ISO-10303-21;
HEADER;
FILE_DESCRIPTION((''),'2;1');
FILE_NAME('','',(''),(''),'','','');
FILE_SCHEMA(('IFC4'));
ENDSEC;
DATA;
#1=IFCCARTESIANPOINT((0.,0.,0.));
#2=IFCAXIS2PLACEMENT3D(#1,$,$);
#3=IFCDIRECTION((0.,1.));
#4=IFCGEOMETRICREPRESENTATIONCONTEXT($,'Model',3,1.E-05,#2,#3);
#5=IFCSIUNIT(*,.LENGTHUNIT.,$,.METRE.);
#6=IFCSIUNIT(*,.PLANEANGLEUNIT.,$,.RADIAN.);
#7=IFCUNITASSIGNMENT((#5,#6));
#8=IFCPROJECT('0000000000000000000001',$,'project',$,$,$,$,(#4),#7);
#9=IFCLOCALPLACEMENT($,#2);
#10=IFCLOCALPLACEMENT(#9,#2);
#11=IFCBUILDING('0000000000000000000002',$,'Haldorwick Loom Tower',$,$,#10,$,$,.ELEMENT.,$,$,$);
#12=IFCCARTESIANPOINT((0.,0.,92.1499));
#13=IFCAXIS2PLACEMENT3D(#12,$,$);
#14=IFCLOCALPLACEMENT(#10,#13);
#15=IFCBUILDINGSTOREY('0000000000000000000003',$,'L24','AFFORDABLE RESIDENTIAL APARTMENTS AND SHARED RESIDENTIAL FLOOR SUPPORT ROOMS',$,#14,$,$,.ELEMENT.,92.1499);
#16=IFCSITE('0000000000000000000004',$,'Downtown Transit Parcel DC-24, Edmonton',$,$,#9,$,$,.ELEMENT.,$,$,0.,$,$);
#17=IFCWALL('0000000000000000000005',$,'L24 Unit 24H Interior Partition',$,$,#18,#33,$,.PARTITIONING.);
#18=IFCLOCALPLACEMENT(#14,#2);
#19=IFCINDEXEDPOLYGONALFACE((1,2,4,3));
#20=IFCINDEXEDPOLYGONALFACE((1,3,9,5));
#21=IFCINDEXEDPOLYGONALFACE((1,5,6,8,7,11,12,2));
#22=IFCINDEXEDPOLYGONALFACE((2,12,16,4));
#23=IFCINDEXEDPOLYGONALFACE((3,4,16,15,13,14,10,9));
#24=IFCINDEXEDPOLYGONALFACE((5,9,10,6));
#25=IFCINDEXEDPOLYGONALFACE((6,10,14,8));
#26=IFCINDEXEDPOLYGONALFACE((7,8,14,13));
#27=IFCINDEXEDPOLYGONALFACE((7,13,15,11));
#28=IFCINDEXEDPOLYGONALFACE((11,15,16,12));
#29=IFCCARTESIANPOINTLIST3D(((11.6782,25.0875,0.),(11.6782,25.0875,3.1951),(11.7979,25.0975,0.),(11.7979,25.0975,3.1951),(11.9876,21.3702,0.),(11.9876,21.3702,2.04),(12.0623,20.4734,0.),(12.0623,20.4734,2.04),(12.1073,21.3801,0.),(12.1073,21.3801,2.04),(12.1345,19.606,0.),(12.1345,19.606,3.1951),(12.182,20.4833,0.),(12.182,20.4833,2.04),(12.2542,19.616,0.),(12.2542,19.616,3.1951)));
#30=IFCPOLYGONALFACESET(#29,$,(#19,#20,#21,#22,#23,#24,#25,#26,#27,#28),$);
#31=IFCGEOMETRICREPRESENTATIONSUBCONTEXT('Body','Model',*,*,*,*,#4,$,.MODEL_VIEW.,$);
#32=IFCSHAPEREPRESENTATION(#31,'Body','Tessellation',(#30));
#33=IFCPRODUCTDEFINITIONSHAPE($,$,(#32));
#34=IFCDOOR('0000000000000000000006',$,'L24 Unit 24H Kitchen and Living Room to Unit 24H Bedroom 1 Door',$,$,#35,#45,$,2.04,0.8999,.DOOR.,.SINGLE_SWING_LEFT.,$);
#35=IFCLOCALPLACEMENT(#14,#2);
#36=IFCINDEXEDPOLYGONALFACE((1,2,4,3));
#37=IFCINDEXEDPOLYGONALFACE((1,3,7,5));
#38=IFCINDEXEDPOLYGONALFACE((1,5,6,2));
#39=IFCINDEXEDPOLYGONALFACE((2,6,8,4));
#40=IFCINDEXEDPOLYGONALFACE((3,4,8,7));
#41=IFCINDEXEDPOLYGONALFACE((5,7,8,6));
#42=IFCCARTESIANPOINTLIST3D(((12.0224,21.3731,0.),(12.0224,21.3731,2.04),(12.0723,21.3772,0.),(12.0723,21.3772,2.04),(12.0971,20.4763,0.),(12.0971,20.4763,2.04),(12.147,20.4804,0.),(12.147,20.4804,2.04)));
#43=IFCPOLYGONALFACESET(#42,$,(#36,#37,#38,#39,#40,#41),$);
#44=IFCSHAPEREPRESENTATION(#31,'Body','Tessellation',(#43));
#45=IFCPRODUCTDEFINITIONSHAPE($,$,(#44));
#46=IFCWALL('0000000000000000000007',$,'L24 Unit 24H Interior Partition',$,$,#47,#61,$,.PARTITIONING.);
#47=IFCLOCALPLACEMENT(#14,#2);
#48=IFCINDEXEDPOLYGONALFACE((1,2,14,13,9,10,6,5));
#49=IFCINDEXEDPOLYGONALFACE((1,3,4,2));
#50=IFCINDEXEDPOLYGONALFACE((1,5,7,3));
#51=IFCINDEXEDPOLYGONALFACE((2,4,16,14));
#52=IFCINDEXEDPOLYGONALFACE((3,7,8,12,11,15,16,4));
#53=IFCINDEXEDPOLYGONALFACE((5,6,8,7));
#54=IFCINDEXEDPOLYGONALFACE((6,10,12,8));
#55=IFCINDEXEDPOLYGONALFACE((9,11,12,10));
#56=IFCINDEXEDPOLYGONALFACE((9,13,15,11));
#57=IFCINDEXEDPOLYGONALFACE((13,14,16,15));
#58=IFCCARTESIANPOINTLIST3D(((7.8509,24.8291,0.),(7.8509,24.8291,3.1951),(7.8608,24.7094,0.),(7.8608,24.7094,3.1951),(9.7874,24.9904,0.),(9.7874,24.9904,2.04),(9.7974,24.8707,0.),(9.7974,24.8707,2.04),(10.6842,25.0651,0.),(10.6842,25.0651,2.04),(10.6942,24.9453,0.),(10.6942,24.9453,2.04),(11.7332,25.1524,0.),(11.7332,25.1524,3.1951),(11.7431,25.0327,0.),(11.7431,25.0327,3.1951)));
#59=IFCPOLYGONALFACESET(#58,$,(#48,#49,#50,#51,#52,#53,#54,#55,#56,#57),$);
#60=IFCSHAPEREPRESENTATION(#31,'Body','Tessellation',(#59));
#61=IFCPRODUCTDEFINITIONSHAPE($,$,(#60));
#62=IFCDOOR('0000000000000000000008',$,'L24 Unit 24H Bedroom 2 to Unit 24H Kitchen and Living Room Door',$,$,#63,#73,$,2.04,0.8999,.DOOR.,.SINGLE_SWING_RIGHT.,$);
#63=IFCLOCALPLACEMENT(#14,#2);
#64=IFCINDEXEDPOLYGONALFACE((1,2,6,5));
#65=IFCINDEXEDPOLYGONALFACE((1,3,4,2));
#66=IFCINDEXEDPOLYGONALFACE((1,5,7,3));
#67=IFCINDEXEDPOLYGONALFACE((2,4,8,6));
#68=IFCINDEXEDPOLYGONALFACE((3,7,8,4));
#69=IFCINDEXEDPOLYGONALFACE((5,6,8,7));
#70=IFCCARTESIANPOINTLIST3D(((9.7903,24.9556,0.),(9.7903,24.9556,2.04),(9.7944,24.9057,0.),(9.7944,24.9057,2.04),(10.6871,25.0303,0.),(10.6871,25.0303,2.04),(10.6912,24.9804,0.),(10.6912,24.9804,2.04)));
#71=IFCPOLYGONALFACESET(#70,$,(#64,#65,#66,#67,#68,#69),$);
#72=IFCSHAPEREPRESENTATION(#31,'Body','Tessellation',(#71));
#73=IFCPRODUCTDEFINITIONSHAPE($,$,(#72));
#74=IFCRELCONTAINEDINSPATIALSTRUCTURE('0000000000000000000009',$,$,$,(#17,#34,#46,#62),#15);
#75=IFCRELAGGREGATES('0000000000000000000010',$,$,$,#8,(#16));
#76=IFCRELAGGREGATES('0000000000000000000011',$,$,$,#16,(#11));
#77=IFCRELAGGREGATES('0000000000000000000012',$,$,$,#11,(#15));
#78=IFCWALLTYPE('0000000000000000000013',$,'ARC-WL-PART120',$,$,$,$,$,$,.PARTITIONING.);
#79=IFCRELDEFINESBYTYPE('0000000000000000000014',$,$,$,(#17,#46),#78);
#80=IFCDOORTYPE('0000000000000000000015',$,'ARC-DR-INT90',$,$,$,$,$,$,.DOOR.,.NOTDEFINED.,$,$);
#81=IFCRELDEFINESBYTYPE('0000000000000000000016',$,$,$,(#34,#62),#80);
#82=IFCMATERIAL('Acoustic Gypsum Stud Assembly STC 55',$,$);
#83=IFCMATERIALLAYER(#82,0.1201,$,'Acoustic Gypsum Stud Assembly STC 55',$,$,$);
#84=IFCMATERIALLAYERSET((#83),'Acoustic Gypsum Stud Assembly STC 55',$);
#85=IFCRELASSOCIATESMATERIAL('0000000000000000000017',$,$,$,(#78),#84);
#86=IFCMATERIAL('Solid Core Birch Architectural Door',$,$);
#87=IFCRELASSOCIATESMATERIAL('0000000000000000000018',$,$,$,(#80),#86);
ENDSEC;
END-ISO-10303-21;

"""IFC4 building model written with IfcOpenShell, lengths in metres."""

from ifc_helpers import new_model, si_unit, direction, frame, frame_2d, origin, place, context, subcontext, project, spatial, rectangle, extrude, material, layer, layer_set, type_object, element, fill, save


model = new_model("IFC4")

# Units and contexts
model_context = context("Model", 3, precision=1e-05, world=origin(), true_north=direction((0.0, 1.0)))
body_context = subcontext(model_context, "Body", "Model", "MODEL_VIEW")
ifc_project = project(units=[si_unit("LENGTHUNIT", "METRE"), si_unit("PLANEANGLEUNIT", "RADIAN")], contexts=[model_context])

# Site, building, storey
site_placement = place(None, origin())
site = spatial("IfcSite", under=ifc_project, at=site_placement, Name="Downtown Transit Parcel DC-24, Edmonton", CompositionType="ELEMENT", RefElevation=0.0)
building_placement = place(site_placement, origin())
building = spatial("IfcBuilding", under=site, at=building_placement, Name="Haldorwick Loom Tower", CompositionType="ELEMENT")
storey_placement = place(building_placement, frame((0.0, 0.0, 92.1499)))
storey = spatial("IfcBuildingStorey", under=building, at=storey_placement, Name="L24", Description="AFFORDABLE RESIDENTIAL APARTMENTS AND SHARED RESIDENTIAL FLOOR SUPPORT ROOMS", CompositionType="ELEMENT", Elevation=92.1499)

# Walls, openings, doors
ifc_material_1 = material(Name="Acoustic Gypsum Stud Assembly STC 55")
ifc_layer_1 = layer(ifc_material_1, 0.1201, Name="Acoustic Gypsum Stud Assembly STC 55")
ifc_layer_set_1 = layer_set([ifc_layer_1], Name="Acoustic Gypsum Stud Assembly STC 55")
wall_type_1 = type_object("IfcWallType", Name="ARC-WL-PART120", PredefinedType="PARTITIONING", material=ifc_layer_set_1)
wall_1_placement = place(storey_placement, frame((11.738, 25.0925, 0.0), z_axis=(0.0, 0.0, 1.0), x_axis=(0.082957, -0.996553, 0.0)))
wall_1 = element("IfcWall", 1, at=wall_1_placement, inside=storey, type_object=wall_type_1, Name="L24 Unit 24H Interior Partition", PredefinedType="PARTITIONING", context=body_context, shape_type="SweptSolid", body=[
    extrude(rectangle(XDim=5.5005, YDim=0.1201, at=frame_2d((2.7502, 0.0))), origin(), (0.0, 0.0, 1.0), 3.1951),
])
opening_1_placement = place(wall_1_placement, frame((3.7302, 0.0, 0.0)))
opening_1 = element("IfcOpeningElement", 2, at=opening_1_placement, cuts=wall_1, PredefinedType="OPENING", context=body_context, shape_type="SweptSolid", body=[
    extrude(rectangle(XDim=0.8999, YDim=2.04, at=frame_2d((0.45, 1.02))), frame((0.0, 0.0701, 0.0), z_axis=(0.0, -1.0, 0.0), x_axis=(1.0, 0.0, 0.0)), (0.0, 0.0, 1.0), 0.1401),
])
ifc_material_2 = material(Name="Solid Core Birch Architectural Door")
door_type_1 = type_object("IfcDoorType", Name="ARC-DR-INT90", OperationType="NOTDEFINED", PredefinedType="DOOR", material=ifc_material_2)
door_1_placement = place(opening_1_placement, origin())
door_1 = element("IfcDoor", 3, at=door_1_placement, inside=storey, type_object=door_type_1, Name="L24 Unit 24H Kitchen and Living Room to Unit 24H Bedroom 1 Door", OperationType="SINGLE_SWING_LEFT", OverallHeight=2.04, OverallWidth=0.8999, PredefinedType="DOOR", context=body_context, shape_type="SweptSolid", body=[
    extrude(rectangle(XDim=0.8999, YDim=2.04, at=frame_2d((0.45, 1.02))), frame((0.0, 0.0249, 0.0), z_axis=(0.0, -1.0, 0.0), x_axis=(1.0, 0.0, 0.0)), (0.0, 0.0, 1.0), 0.05),
])
fill(opening_1, door_1)
wall_2_placement = place(storey_placement, frame((11.738, 25.0925, 0.0), z_axis=(0.0, 0.0, 1.0), x_axis=(-0.996552, -0.082973, 0.0)))
wall_2 = element("IfcWall", 4, at=wall_2_placement, inside=storey, type_object=wall_type_1, Name="L24 Unit 24H Interior Partition", PredefinedType="PARTITIONING", context=body_context, shape_type="SweptSolid", body=[
    extrude(rectangle(XDim=3.8958, YDim=0.1201, at=frame_2d((1.9478, 0.0))), origin(), (0.0, 0.0, 1.0), 3.1951),
])
opening_2_placement = place(wall_2_placement, frame((1.0525, 0.0, 0.0)))
opening_2 = element("IfcOpeningElement", 5, at=opening_2_placement, cuts=wall_2, PredefinedType="OPENING", context=body_context, shape_type="SweptSolid", body=[
    extrude(rectangle(XDim=0.8999, YDim=2.04, at=frame_2d((0.45, 1.02))), frame((0.0, 0.0701, 0.0), z_axis=(0.0, -1.0, 0.0), x_axis=(1.0, 0.0, 0.0)), (0.0, 0.0, 1.0), 0.1401),
])
door_2_placement = place(opening_2_placement, origin())
door_2 = element("IfcDoor", 6, at=door_2_placement, inside=storey, type_object=door_type_1, Name="L24 Unit 24H Bedroom 2 to Unit 24H Kitchen and Living Room Door", OperationType="SINGLE_SWING_RIGHT", OverallHeight=2.04, OverallWidth=0.8999, PredefinedType="DOOR", context=body_context, shape_type="SweptSolid", body=[
    extrude(rectangle(XDim=0.8999, YDim=2.04, at=frame_2d((0.45, 1.02))), frame((0.0, 0.0249, 0.0), z_axis=(0.0, -1.0, 0.0), x_axis=(1.0, 0.0, 0.0)), (0.0, 0.0, 1.0), 0.05),
])
fill(opening_2, door_2)

save(model, "model.ifc")
